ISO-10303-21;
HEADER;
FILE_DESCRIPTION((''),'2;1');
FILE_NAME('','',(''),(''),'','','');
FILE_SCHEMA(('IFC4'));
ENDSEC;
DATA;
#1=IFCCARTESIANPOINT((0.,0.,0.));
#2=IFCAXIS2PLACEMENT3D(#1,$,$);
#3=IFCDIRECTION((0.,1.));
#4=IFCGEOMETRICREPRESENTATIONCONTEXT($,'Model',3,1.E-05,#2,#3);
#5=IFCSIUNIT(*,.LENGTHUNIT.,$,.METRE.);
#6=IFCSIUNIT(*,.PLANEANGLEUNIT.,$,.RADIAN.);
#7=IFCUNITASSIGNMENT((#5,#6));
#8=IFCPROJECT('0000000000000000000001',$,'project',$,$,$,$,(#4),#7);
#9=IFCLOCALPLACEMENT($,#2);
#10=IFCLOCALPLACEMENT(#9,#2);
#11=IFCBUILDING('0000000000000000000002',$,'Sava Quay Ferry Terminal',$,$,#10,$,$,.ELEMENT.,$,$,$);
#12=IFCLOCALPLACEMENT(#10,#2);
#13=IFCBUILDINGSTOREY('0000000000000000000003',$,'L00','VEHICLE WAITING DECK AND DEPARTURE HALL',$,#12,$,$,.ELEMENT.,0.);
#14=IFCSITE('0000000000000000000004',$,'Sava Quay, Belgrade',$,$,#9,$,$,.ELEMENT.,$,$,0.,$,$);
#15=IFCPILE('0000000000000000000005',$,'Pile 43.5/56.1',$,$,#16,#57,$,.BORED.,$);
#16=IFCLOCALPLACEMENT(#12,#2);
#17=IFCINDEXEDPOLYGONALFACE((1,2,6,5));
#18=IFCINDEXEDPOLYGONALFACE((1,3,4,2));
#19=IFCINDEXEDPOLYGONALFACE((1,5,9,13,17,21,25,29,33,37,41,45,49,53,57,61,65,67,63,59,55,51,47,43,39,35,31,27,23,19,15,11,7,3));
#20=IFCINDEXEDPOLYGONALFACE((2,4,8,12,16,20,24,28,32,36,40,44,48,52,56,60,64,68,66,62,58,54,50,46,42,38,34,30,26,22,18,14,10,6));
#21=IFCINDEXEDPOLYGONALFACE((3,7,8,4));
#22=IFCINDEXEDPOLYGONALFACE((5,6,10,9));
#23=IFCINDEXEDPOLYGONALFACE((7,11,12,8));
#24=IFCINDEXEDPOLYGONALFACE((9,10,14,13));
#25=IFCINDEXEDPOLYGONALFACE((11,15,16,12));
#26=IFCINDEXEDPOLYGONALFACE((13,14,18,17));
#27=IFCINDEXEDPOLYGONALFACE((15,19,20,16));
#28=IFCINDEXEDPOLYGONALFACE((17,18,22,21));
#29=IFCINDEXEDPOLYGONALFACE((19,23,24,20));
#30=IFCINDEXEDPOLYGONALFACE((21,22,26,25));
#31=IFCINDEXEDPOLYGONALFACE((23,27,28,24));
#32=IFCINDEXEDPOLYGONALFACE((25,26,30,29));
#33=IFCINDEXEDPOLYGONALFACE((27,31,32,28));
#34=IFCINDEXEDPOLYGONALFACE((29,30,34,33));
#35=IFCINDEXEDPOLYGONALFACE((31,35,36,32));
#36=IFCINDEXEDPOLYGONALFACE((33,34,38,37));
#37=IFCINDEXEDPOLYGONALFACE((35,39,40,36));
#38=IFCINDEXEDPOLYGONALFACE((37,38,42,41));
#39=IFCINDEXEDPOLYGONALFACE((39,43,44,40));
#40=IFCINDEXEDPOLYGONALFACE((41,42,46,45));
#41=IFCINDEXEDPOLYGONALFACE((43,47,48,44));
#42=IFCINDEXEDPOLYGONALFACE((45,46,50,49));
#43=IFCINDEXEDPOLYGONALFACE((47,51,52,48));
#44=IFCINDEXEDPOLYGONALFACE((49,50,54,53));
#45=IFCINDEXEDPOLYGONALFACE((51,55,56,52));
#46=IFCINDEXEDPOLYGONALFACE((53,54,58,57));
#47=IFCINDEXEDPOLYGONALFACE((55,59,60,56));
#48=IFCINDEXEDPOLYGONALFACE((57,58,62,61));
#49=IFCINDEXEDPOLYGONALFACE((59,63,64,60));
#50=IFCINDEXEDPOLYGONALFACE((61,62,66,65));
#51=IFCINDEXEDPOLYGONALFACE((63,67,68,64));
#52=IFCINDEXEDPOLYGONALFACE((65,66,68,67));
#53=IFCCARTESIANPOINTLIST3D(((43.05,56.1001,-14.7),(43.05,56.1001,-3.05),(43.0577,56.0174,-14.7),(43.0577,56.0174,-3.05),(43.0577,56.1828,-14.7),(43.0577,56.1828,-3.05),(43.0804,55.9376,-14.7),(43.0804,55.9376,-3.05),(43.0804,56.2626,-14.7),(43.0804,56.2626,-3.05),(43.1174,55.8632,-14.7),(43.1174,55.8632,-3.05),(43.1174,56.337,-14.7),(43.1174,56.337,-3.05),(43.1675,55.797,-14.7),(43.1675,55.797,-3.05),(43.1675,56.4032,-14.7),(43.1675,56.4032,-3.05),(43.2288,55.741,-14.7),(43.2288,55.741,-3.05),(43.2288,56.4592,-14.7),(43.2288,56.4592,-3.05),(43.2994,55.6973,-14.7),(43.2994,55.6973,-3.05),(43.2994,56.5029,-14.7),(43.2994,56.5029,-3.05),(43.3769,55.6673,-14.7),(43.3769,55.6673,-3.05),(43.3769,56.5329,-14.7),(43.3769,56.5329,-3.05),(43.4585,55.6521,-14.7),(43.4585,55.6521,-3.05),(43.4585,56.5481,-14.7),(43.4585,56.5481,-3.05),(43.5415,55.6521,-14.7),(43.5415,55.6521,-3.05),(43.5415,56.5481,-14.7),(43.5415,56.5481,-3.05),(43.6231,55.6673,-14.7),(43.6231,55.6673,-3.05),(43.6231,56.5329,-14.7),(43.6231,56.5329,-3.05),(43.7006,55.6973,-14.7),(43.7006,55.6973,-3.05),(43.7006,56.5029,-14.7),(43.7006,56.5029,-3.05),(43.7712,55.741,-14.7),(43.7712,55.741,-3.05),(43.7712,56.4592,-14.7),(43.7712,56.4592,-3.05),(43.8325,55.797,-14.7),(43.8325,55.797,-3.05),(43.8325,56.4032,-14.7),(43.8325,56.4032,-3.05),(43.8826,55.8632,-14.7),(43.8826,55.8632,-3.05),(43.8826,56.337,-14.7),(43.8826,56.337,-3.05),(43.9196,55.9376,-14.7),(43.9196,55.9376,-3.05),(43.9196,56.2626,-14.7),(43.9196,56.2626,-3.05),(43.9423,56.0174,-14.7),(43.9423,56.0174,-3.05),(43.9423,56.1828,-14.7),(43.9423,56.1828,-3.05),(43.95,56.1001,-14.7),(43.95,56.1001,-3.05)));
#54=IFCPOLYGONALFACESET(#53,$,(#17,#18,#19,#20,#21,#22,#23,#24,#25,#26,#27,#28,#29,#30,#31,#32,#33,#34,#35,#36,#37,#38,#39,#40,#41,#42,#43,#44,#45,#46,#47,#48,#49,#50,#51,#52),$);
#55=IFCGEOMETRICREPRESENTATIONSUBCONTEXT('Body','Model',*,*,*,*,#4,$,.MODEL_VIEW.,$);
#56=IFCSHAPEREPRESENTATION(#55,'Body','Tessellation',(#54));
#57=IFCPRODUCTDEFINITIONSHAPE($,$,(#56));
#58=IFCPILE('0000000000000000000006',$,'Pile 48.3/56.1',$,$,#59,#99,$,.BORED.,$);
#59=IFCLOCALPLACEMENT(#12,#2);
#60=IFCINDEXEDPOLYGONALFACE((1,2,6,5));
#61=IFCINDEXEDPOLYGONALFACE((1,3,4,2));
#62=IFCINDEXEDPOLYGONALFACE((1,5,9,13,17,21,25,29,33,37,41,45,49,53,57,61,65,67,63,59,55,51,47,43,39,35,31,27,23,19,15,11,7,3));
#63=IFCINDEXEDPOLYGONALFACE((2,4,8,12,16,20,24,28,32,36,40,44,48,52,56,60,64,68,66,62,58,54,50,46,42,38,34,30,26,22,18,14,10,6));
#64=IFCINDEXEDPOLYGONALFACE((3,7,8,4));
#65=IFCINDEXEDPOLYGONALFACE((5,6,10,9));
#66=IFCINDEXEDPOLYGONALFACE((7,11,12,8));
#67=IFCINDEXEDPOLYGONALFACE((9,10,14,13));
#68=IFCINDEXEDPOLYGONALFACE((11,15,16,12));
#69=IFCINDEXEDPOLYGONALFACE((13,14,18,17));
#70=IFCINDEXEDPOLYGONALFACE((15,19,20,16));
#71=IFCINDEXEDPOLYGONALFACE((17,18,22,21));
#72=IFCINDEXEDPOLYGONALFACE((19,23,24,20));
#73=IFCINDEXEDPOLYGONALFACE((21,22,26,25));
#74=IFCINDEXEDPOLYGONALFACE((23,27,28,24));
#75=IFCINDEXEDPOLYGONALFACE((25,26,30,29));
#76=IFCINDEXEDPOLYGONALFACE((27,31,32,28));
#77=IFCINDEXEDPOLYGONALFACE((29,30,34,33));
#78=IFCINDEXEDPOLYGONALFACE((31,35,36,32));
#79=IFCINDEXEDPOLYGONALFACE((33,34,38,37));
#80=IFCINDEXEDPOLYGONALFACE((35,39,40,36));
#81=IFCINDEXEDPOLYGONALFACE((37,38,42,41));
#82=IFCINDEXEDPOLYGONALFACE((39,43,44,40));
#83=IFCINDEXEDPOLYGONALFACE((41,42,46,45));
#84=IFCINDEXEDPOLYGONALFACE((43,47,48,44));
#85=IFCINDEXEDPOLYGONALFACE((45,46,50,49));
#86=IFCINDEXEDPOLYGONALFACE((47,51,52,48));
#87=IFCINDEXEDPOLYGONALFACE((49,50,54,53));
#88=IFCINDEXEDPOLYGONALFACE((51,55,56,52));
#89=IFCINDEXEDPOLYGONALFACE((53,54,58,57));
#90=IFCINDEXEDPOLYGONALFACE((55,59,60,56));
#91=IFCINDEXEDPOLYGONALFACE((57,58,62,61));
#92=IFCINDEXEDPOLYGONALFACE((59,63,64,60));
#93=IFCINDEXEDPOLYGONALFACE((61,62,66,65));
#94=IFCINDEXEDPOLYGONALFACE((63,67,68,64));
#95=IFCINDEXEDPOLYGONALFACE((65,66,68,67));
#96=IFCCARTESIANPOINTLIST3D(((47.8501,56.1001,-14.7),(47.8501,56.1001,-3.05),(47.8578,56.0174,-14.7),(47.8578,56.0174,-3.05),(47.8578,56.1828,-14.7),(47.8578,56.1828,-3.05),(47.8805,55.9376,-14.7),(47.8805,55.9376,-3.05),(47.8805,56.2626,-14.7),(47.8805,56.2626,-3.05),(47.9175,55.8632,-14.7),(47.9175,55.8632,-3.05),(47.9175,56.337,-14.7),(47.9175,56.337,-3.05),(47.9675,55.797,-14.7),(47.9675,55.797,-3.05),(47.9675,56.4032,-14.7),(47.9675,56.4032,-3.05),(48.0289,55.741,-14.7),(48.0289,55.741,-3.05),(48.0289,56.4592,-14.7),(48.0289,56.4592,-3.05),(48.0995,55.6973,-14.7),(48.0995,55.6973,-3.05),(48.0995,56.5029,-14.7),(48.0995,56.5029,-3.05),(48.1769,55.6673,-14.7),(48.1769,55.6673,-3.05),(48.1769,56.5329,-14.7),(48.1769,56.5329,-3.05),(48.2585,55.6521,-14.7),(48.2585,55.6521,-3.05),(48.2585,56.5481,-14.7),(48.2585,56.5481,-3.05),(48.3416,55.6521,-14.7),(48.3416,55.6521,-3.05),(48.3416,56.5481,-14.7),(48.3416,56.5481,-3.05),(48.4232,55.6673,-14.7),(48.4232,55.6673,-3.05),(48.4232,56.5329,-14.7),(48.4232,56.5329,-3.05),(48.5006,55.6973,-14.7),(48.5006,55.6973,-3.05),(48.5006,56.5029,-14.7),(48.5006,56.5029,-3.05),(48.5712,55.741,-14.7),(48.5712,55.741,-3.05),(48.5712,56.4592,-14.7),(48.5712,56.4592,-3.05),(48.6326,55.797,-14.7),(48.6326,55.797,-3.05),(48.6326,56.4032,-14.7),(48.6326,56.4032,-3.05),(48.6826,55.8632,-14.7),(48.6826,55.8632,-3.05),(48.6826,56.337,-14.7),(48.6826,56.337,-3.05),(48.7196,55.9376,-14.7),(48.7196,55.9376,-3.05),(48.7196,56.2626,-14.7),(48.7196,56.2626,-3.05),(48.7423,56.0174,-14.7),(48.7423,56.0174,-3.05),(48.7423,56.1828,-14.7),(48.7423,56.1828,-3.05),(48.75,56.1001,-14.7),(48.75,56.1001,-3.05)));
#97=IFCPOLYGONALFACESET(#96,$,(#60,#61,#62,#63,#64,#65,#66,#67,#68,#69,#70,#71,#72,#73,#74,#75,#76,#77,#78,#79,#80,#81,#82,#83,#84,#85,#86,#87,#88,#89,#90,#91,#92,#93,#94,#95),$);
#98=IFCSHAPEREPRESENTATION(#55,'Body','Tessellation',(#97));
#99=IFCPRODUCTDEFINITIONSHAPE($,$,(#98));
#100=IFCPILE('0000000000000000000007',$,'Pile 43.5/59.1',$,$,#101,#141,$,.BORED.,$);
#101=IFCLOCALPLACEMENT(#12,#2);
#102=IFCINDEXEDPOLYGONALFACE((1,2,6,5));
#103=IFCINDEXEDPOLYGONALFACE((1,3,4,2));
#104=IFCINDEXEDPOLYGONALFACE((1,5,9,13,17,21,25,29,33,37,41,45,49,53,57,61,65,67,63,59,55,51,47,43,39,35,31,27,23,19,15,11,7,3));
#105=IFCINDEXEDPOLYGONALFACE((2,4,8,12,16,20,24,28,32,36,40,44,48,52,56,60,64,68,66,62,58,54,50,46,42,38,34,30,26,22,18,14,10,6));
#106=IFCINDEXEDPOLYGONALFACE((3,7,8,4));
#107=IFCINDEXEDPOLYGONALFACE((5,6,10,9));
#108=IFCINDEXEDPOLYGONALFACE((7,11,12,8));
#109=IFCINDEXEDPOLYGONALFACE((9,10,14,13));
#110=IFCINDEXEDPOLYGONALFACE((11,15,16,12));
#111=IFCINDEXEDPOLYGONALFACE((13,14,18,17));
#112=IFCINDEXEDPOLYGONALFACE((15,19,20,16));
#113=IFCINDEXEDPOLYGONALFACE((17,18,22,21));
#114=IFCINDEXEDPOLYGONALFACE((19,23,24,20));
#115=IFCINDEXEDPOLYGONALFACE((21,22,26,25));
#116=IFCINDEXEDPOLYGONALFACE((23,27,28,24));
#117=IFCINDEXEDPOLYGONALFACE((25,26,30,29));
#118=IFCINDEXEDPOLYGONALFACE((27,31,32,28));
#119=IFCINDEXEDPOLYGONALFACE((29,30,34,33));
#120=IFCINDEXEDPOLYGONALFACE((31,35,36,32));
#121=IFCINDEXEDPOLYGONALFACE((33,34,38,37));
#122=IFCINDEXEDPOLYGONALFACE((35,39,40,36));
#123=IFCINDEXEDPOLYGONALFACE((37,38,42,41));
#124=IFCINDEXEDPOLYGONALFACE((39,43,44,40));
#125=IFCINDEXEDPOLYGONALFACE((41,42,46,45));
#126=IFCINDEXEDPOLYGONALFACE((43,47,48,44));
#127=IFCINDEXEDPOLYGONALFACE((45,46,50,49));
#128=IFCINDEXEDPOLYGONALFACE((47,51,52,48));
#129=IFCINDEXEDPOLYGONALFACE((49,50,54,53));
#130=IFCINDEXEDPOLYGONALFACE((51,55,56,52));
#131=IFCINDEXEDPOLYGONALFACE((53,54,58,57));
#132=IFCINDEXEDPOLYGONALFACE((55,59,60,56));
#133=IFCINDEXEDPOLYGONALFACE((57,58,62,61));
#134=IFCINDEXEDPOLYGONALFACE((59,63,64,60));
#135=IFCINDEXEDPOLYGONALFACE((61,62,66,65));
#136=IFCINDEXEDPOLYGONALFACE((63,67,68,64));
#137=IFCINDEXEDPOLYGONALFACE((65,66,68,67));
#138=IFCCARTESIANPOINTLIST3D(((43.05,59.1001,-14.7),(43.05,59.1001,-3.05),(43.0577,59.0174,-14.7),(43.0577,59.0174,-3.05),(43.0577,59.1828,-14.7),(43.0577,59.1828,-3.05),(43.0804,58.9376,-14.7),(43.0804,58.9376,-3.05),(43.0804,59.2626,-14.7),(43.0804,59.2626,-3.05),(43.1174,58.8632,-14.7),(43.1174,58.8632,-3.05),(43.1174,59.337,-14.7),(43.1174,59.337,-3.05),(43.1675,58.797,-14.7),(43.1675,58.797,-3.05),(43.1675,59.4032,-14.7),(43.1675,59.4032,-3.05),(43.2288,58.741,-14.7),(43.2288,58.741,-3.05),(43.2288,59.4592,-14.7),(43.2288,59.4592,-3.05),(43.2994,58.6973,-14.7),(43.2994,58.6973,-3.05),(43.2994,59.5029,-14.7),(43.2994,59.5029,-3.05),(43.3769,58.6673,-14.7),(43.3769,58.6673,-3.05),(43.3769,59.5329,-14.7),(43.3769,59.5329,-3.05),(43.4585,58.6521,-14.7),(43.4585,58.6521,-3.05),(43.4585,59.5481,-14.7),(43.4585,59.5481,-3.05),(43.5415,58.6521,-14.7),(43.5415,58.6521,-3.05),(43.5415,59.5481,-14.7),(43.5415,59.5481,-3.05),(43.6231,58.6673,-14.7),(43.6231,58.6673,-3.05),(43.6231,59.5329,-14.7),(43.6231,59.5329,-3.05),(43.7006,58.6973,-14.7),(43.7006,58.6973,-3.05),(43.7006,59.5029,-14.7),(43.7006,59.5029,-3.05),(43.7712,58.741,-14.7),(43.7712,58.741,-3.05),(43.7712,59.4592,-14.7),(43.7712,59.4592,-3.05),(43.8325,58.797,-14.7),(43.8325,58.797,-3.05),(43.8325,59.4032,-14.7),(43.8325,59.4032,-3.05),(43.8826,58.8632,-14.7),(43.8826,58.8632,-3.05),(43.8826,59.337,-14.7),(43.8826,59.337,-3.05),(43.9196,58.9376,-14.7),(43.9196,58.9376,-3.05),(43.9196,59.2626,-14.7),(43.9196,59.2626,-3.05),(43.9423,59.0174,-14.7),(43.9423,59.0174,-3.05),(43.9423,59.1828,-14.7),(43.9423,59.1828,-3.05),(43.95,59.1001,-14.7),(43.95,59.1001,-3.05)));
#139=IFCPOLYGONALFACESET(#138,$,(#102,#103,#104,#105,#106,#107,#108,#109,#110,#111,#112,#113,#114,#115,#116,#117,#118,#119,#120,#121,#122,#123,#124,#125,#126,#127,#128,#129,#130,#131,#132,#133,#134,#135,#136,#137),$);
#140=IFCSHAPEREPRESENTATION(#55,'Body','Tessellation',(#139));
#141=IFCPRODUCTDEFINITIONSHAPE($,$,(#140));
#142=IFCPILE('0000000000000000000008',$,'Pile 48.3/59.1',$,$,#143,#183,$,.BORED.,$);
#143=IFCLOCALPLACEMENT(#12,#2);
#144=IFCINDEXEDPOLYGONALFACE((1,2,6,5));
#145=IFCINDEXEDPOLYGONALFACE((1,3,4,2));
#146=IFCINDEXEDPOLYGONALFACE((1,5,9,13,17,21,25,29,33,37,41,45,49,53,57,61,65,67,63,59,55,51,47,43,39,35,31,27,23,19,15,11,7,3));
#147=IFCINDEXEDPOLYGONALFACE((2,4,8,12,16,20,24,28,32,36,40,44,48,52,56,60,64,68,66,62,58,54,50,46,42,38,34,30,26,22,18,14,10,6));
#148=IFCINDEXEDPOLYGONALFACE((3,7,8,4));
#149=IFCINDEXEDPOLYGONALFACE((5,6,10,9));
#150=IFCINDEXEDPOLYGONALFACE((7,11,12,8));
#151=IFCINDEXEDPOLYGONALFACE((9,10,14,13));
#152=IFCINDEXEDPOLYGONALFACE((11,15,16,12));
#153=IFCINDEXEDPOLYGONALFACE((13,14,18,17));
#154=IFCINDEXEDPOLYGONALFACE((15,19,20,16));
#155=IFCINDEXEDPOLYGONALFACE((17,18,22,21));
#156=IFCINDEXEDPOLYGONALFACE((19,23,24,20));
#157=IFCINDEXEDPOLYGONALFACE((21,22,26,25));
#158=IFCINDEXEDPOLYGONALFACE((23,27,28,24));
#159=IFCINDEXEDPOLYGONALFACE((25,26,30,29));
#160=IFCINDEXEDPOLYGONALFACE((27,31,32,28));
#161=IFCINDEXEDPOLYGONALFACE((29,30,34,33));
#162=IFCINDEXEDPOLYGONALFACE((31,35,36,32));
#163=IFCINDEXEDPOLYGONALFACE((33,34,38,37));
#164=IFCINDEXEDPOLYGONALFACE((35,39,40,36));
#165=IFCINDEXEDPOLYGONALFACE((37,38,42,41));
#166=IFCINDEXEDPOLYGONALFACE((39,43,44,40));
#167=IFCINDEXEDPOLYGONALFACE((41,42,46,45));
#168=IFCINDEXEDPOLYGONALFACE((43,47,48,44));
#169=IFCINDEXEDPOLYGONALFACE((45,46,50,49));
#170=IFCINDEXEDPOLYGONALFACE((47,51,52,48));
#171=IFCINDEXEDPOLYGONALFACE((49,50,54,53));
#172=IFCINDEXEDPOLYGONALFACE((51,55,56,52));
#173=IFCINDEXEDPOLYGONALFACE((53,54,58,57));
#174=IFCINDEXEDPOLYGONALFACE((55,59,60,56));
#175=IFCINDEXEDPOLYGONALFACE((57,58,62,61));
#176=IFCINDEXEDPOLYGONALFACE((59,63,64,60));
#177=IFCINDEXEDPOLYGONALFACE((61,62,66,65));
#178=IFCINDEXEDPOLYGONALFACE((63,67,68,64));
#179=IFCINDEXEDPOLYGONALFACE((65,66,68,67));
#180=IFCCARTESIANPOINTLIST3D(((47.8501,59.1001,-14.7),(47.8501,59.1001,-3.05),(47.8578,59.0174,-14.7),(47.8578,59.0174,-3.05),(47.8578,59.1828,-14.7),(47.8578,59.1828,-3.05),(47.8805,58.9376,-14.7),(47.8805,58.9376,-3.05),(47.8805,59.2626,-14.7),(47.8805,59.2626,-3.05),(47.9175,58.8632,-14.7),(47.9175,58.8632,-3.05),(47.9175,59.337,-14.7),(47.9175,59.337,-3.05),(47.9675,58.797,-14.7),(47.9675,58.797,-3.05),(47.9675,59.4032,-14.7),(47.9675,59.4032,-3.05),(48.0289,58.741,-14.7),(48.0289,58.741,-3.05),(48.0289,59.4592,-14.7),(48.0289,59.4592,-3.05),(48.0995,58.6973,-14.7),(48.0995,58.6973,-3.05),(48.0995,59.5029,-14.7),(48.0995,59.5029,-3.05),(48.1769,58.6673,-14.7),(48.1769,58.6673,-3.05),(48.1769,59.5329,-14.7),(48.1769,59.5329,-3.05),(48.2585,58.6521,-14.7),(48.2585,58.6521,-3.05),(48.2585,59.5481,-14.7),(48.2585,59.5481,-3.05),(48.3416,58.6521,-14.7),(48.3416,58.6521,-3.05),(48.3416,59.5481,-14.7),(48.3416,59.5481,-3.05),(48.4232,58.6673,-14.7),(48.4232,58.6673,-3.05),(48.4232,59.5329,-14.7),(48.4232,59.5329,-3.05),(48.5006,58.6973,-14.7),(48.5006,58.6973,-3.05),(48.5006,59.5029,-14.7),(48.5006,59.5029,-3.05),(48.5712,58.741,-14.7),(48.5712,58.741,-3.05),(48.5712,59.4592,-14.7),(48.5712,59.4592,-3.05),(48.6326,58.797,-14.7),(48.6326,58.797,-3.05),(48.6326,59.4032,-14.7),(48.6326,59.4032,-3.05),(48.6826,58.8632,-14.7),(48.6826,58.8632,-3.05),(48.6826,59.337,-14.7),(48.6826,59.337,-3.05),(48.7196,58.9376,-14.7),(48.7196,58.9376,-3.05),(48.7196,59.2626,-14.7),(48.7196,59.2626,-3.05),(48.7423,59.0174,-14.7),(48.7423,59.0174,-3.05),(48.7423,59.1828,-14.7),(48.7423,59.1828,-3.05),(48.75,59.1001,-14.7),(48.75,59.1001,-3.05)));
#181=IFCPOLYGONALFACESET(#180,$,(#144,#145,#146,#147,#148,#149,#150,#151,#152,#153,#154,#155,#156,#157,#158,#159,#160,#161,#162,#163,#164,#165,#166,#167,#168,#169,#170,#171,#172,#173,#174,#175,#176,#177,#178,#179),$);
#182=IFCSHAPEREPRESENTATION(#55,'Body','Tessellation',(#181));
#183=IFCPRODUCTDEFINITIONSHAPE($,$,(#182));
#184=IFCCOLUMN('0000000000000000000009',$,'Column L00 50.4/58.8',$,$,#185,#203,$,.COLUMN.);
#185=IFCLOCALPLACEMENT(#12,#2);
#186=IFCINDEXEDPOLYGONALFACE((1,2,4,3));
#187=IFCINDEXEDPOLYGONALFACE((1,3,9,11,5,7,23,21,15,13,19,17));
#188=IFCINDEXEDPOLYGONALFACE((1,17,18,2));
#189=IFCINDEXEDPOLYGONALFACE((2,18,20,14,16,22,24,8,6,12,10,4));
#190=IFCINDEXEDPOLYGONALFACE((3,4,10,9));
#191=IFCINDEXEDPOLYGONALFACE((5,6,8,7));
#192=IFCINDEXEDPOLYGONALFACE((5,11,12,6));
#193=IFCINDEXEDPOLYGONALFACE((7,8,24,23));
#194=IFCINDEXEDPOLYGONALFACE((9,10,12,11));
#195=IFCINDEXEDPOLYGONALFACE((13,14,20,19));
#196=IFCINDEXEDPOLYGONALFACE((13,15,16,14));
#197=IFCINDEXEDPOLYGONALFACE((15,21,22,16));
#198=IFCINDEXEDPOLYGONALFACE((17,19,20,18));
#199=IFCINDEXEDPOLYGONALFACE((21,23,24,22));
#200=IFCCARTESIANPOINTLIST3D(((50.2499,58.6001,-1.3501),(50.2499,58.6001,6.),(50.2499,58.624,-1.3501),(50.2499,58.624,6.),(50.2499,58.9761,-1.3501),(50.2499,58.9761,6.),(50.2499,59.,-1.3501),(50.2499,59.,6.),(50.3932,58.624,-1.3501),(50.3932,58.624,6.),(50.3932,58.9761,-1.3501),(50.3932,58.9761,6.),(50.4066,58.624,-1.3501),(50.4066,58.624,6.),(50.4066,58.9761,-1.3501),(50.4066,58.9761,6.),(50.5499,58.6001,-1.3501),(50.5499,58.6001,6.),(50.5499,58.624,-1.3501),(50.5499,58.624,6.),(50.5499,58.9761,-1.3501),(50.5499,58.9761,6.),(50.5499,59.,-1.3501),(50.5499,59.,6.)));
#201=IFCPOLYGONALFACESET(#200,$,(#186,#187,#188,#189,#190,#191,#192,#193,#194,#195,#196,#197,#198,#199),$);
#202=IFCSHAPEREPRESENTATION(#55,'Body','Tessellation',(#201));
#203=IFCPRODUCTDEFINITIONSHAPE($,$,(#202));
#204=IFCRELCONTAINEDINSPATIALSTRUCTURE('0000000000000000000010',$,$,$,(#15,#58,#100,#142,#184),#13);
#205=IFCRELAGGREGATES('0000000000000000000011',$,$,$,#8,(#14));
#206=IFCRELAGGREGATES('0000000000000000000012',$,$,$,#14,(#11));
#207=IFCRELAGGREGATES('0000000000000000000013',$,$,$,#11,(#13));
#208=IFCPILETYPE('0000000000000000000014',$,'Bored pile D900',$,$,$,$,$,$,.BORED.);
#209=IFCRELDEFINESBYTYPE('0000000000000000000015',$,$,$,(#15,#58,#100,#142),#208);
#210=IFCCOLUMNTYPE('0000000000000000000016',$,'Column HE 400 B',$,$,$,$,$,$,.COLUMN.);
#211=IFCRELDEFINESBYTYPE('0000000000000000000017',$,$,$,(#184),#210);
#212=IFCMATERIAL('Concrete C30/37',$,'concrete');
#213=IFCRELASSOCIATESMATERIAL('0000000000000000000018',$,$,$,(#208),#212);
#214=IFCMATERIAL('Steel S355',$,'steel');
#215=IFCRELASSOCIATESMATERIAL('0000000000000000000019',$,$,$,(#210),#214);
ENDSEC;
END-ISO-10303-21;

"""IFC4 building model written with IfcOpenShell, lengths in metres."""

from ifc_helpers import new_model, si_unit, direction, frame, origin, origin_2d, place, context, subcontext, project, spatial, circle, i_section, extrude, material, material_profile, profile_set, type_object, element, save


model = new_model("IFC4")

# Units and contexts
model_context = context("Model", 3, precision=1e-05, world=origin(), true_north=direction((0.0, 1.0)))
body_context = subcontext(model_context, "Body", "Model", "MODEL_VIEW")
ifc_project = project(units=[si_unit("LENGTHUNIT", "METRE"), si_unit("PLANEANGLEUNIT", "RADIAN")], contexts=[model_context])

# Site, building, storey
site_placement = place(None, origin())
site = spatial("IfcSite", under=ifc_project, at=site_placement, Name="Sava Quay, Belgrade", CompositionType="ELEMENT", RefElevation=0.0)
building_placement = place(site_placement, origin())
building = spatial("IfcBuilding", under=site, at=building_placement, Name="Sava Quay Ferry Terminal", CompositionType="ELEMENT")
storey_placement = place(building_placement, origin())
storey = spatial("IfcBuildingStorey", under=building, at=storey_placement, Name="L00", Description="VEHICLE WAITING DECK AND DEPARTURE HALL", CompositionType="ELEMENT", Elevation=0.0)

# Piles
ifc_material_1 = material(Name="Concrete C30/37", Category="concrete")
ifc_material_profile_1 = material_profile(ifc_material_1, circle(Radius=0.45, at=origin_2d()), Name="Bored pile D900")
ifc_profile_set_1 = profile_set([ifc_material_profile_1], Name="Concrete C30/37")
pile_type = type_object("IfcPileType", Name="Bored pile D900", PredefinedType="BORED", material=ifc_profile_set_1)
for number, where, z_axis, x_axis, name in (
    (1, (43.5, 56.1001, -3.05), (0.0, 0.0, -1.0), (1.0, 0.0, 0.0), "Pile 43.5/56.1"),
    (2, (48.3, 56.1001, -3.05), (0.0, 0.0, -1.0), (1.0, 0.0, 0.0), "Pile 48.3/56.1"),
    (3, (43.5, 59.1001, -3.05), (0.0, 0.0, -1.0), (1.0, 0.0, 0.0), "Pile 43.5/59.1"),
    (4, (48.3, 59.1001, -3.05), (0.0, 0.0, -1.0), (1.0, 0.0, 0.0), "Pile 48.3/59.1"),
):
    element("IfcPile", number, at=place(storey_placement, frame(where, z_axis=z_axis, x_axis=x_axis)), inside=storey, type_object=pile_type, Name=name, PredefinedType="BORED", context=body_context, shape_type="SweptSolid", body=[
        extrude(circle(Radius=0.45, at=origin_2d()), origin(), (0.0, 0.0, 1.0), 11.6499),
    ])

# Column
ifc_material_2 = material(Name="Steel S355", Category="steel")
ifc_material_profile_2 = material_profile(ifc_material_2, i_section(OverallWidth=0.3, OverallDepth=0.3999, WebThickness=0.0134, FlangeThickness=0.0239, at=origin_2d()), Name="HE 400 B")
ifc_profile_set_2 = profile_set([ifc_material_profile_2], Name="Steel S355")
column_type_1 = type_object("IfcColumnType", Name="Column HE 400 B", PredefinedType="COLUMN", material=ifc_profile_set_2)
column_1_placement = place(storey_placement, frame((50.3999, 58.8, -1.3501), z_axis=(0.0, 0.0, 1.0), x_axis=(1.0, 0.0, 0.0)))
element("IfcColumn", 5, at=column_1_placement, inside=storey, type_object=column_type_1, Name="Column L00 50.4/58.8", PredefinedType="COLUMN", context=body_context, shape_type="SweptSolid", body=[
    extrude(i_section(OverallWidth=0.3, OverallDepth=0.3999, WebThickness=0.0134, FlangeThickness=0.0239, at=origin_2d()), origin(), (0.0, 0.0, 1.0), 7.3501),
])

save(model, "model.ifc")
